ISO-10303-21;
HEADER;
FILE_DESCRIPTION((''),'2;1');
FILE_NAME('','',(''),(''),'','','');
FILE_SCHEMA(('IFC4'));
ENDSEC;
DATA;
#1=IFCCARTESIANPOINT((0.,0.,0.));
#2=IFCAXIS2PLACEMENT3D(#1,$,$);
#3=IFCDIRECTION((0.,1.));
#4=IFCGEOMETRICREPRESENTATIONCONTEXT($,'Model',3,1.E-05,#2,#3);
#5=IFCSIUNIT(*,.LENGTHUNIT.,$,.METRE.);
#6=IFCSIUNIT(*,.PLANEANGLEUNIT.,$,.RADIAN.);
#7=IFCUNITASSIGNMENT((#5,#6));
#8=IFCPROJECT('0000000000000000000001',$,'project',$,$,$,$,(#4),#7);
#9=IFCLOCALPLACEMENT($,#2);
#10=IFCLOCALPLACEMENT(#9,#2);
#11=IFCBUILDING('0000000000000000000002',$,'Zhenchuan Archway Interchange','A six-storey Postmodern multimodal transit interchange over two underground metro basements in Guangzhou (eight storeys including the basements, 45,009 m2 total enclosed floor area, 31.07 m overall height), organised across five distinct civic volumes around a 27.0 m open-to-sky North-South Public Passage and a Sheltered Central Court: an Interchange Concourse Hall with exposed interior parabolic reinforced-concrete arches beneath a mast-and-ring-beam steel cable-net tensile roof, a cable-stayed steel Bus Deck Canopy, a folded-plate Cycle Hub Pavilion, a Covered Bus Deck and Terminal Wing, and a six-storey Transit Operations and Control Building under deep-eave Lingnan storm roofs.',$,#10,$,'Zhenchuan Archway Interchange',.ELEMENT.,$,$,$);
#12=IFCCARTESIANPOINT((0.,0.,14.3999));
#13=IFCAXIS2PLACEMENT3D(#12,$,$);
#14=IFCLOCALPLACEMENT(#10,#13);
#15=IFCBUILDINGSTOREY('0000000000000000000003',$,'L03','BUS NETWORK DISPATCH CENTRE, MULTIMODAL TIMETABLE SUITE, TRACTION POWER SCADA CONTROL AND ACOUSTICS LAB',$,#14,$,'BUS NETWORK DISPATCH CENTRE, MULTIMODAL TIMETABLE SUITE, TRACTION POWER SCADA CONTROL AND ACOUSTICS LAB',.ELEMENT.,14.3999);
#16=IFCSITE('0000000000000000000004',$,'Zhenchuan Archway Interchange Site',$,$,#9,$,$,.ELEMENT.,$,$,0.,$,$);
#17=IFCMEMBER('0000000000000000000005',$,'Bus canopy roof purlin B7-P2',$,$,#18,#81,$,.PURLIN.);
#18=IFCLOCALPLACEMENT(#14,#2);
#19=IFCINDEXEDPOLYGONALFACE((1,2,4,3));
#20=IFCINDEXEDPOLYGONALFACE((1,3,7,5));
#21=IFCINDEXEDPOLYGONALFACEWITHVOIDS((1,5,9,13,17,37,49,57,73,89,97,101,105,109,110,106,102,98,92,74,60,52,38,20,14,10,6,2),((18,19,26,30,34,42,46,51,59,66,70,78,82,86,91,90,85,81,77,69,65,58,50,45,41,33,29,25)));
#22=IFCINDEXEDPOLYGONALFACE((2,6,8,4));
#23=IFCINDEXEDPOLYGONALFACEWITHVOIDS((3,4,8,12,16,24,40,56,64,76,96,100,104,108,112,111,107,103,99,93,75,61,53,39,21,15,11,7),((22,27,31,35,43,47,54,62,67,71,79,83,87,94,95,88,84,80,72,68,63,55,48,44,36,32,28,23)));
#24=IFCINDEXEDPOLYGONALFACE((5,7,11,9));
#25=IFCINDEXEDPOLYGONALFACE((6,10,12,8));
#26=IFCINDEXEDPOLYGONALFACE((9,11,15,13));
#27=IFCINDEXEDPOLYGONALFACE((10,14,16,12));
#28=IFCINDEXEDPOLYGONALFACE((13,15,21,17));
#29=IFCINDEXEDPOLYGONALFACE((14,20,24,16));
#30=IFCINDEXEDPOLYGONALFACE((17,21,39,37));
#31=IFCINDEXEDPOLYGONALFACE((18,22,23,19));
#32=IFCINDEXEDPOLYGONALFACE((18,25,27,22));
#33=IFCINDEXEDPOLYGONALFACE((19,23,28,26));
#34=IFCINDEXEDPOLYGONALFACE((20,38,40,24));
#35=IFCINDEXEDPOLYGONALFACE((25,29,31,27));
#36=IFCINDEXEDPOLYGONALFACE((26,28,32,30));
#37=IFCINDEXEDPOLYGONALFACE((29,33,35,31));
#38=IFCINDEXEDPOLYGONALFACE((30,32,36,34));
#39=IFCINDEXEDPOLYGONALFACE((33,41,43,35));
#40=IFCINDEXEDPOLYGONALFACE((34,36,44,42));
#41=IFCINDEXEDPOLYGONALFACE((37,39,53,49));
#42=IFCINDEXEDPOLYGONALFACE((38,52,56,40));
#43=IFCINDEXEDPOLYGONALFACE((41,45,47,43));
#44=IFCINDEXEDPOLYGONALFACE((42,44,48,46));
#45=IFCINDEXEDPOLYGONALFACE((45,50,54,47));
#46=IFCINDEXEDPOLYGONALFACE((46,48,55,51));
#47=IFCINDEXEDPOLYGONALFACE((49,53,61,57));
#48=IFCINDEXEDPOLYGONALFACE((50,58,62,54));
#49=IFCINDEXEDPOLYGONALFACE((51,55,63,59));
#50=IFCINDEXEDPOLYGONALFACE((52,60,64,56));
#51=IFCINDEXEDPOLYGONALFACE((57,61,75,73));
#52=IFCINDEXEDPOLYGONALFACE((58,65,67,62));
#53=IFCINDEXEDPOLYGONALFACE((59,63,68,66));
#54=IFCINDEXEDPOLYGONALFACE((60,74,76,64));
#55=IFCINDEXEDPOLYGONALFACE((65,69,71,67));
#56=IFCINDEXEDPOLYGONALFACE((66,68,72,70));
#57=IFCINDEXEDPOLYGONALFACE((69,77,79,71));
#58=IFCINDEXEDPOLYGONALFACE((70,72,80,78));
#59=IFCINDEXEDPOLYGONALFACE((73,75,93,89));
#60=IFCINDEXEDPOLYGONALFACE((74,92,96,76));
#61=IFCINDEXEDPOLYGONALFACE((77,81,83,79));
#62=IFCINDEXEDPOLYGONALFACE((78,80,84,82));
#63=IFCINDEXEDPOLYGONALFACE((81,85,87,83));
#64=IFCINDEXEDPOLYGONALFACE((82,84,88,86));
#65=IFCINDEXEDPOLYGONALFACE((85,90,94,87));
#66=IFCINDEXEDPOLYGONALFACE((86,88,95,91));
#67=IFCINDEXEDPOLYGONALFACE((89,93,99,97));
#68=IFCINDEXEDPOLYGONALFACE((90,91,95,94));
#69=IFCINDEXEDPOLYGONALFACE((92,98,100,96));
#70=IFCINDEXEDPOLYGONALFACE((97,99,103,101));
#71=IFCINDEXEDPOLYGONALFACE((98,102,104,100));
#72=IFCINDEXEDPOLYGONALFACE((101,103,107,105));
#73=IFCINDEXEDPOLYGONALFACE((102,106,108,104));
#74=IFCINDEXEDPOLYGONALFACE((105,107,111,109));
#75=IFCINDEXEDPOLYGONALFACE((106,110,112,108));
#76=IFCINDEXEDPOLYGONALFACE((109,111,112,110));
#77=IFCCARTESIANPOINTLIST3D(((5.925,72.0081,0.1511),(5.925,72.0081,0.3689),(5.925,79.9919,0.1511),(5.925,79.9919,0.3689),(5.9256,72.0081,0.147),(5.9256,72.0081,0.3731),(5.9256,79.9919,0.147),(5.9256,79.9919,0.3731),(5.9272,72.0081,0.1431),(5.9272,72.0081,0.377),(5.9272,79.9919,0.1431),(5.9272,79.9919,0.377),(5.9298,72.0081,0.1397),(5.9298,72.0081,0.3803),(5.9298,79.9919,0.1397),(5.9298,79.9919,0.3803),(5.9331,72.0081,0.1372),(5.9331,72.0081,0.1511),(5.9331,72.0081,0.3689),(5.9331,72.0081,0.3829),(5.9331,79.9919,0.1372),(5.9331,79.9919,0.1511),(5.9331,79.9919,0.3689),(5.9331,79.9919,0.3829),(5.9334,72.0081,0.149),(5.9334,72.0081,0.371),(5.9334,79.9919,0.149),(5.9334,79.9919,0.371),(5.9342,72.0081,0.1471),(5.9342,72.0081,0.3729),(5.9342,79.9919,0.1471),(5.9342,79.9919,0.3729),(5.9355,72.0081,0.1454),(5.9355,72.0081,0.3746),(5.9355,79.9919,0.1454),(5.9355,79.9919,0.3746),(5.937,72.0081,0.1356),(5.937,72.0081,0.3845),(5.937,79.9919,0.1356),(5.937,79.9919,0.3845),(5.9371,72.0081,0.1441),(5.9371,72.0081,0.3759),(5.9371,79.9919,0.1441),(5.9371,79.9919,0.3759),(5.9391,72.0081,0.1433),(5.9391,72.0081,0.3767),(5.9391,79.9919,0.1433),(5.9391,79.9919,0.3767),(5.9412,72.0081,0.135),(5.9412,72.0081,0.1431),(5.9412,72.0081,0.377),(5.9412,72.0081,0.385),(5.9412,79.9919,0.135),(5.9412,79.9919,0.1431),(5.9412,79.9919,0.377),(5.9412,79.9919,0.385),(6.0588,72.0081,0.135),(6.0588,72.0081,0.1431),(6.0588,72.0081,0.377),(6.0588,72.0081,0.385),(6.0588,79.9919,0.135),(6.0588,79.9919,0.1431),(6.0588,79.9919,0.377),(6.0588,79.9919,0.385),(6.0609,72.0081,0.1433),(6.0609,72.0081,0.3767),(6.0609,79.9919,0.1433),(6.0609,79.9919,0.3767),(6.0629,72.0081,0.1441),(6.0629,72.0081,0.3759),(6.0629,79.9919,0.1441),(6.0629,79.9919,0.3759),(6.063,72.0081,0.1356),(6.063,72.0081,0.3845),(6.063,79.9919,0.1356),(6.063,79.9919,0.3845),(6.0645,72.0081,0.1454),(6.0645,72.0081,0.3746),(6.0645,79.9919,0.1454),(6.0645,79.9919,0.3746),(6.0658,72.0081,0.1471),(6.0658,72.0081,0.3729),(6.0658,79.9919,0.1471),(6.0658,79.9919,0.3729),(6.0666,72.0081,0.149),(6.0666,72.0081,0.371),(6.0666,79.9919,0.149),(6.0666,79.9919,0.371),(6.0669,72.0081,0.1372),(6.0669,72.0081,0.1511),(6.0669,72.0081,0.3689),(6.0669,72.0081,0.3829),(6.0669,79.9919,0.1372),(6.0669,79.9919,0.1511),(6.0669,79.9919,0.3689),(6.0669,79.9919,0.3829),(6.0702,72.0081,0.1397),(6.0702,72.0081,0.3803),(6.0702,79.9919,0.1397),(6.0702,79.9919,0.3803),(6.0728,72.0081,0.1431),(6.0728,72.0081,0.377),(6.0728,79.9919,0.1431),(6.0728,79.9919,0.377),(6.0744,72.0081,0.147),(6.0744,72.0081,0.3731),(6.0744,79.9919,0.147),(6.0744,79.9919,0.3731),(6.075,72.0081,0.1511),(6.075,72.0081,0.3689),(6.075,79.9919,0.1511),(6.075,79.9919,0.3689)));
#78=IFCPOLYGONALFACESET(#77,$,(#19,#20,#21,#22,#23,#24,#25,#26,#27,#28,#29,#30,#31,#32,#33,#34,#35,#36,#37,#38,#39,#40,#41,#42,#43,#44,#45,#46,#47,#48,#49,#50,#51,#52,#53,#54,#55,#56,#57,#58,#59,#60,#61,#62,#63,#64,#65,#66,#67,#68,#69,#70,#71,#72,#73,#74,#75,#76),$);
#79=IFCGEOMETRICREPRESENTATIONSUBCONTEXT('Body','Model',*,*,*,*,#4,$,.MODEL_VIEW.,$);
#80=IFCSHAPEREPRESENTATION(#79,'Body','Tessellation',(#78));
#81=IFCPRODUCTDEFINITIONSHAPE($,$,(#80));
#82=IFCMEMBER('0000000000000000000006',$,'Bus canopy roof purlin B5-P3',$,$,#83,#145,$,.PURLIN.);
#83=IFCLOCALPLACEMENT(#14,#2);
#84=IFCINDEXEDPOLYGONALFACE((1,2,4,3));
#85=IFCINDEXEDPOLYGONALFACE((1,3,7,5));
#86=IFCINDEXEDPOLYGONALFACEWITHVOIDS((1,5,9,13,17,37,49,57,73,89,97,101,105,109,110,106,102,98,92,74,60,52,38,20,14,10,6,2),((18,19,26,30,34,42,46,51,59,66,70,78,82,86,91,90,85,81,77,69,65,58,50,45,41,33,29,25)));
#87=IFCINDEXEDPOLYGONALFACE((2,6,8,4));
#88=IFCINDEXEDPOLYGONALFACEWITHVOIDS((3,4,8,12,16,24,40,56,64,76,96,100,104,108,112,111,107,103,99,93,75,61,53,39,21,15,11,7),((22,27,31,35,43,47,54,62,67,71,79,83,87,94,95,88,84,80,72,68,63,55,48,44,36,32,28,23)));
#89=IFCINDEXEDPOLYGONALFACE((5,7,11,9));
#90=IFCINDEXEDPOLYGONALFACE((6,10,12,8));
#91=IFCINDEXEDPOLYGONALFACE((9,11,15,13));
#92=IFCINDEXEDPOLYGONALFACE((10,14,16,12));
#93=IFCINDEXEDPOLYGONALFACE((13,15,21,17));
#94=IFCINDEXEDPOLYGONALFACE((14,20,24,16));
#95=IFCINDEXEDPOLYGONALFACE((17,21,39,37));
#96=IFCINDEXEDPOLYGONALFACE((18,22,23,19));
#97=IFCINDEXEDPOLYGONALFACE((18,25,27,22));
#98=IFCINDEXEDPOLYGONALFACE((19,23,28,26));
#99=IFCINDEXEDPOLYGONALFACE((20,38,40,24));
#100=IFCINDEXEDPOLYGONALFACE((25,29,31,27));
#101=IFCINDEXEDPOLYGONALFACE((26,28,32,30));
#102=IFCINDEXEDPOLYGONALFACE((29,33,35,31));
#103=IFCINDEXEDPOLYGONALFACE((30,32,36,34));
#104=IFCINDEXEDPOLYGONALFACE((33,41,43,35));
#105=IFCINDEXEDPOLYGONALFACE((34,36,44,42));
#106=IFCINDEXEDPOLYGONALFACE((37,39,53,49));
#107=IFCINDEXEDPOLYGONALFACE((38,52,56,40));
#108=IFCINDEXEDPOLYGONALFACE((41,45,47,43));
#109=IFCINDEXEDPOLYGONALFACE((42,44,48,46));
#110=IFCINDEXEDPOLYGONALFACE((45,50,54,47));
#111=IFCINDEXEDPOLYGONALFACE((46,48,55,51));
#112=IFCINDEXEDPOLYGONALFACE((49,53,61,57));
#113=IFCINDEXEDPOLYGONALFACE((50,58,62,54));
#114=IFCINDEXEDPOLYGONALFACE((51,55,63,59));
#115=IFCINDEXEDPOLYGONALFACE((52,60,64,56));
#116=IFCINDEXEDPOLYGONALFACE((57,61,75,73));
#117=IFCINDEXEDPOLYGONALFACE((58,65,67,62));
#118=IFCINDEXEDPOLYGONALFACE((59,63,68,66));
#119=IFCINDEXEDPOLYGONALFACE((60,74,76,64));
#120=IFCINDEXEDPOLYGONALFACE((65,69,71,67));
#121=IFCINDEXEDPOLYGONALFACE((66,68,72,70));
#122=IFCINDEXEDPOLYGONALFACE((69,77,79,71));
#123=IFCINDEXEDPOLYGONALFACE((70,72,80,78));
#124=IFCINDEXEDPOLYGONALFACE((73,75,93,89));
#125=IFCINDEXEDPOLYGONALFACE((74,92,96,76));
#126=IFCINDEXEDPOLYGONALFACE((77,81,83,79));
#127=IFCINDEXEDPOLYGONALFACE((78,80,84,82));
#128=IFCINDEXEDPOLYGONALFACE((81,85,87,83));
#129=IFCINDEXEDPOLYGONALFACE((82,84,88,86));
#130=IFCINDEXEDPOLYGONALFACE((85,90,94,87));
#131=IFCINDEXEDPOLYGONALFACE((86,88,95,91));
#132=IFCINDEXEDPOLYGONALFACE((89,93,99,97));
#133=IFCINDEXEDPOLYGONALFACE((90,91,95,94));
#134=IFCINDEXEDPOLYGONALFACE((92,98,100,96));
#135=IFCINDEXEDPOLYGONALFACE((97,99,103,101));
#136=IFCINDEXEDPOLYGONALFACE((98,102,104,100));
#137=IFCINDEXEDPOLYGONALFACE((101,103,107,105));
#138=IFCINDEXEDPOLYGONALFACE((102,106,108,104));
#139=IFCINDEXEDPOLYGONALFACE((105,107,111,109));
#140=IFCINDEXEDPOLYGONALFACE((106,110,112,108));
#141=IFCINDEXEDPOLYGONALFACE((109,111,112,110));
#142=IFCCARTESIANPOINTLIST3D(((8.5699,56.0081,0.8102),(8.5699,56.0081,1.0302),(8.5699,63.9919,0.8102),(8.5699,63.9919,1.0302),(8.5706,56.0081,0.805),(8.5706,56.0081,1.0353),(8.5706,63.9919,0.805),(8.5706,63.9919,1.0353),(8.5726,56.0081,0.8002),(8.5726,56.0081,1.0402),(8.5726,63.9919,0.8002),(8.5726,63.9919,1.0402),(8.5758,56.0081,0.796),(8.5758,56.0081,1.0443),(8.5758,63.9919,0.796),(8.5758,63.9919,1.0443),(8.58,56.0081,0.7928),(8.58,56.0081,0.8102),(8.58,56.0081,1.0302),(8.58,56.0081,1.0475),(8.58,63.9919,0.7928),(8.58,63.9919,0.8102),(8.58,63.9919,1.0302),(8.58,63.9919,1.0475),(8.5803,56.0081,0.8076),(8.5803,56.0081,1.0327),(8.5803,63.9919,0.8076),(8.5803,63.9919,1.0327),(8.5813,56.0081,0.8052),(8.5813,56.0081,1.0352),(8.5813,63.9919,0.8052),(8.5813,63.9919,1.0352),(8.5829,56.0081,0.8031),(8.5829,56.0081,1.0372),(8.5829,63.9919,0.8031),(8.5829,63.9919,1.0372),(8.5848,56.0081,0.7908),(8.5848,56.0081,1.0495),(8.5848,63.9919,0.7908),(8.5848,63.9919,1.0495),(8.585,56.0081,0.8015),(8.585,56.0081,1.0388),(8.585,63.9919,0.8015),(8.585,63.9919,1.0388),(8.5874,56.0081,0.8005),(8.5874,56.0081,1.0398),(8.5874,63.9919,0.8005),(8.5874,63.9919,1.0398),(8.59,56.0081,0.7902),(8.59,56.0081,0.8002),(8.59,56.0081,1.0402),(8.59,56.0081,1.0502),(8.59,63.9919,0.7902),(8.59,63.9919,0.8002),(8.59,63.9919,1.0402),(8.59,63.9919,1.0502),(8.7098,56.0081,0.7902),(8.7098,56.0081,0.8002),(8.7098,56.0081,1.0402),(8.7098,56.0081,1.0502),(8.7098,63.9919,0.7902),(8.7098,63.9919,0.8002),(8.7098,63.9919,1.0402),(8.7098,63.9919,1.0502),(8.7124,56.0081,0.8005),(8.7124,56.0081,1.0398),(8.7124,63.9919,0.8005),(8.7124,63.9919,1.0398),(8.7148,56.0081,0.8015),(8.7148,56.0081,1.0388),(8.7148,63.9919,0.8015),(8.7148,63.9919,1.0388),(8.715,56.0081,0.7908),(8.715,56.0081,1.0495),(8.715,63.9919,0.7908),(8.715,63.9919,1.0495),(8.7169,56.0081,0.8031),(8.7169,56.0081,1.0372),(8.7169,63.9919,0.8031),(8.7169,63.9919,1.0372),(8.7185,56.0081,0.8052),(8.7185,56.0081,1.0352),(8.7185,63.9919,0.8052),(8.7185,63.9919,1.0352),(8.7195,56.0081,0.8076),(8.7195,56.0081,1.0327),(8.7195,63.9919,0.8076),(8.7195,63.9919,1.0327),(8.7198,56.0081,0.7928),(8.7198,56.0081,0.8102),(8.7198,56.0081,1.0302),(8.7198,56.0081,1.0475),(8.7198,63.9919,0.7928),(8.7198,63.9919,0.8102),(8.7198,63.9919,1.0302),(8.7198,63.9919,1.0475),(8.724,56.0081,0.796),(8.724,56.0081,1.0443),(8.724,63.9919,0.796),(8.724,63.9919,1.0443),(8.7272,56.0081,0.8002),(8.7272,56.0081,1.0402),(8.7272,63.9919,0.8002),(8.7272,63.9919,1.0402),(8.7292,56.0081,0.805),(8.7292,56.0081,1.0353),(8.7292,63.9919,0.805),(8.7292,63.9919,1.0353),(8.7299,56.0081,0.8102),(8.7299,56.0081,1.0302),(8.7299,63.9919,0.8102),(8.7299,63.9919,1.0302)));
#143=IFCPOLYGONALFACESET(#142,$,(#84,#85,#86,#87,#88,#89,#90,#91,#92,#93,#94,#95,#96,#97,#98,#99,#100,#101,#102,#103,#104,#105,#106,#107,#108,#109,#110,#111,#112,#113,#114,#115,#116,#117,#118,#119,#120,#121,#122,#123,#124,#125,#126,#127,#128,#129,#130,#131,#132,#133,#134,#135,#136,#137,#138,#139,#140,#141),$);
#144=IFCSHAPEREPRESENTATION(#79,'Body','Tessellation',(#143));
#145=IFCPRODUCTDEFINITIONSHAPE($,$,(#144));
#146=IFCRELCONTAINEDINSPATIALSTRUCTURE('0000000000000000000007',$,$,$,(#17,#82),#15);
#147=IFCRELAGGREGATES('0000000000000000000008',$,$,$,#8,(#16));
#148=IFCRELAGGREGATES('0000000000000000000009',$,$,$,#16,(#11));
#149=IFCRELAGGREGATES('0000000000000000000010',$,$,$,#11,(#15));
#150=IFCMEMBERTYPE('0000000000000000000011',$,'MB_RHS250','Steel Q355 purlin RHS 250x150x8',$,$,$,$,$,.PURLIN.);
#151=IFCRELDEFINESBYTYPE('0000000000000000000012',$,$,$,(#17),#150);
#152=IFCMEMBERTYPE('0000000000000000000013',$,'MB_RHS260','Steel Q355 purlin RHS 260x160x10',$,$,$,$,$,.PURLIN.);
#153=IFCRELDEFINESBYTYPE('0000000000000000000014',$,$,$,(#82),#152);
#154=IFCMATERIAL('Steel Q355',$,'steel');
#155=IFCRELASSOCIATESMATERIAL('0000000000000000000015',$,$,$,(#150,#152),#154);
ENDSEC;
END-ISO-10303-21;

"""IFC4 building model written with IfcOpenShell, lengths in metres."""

from ifc_helpers import new_model, si_unit, direction, frame, origin, origin_2d, place, context, subcontext, project, spatial, hollow_rectangle, extrude, material, material_profile, profile_set, type_object, element, save


model = new_model("IFC4")

# Units and contexts
model_context = context("Model", 3, precision=1e-05, world=origin(), true_north=direction((0.0, 1.0)))
body_context = subcontext(model_context, "Body", "Model", "MODEL_VIEW")
ifc_project = project(units=[si_unit("LENGTHUNIT", "METRE"), si_unit("PLANEANGLEUNIT", "RADIAN")], contexts=[model_context])

# Site, building, storey
site_placement = place(None, origin())
site = spatial("IfcSite", under=ifc_project, at=site_placement, Name="Zhenchuan Archway Interchange Site", CompositionType="ELEMENT", RefElevation=0.0)
building_placement = place(site_placement, origin())
building = spatial("IfcBuilding", under=site, at=building_placement, Name="Zhenchuan Archway Interchange", Description="A six-storey Postmodern multimodal transit interchange over two underground metro basements in Guangzhou (eight storeys including the basements, 45,009 m2 total enclosed floor area, 31.07 m overall height), organised across five distinct civic volumes around a 27.0 m open-to-sky North-South Public Passage and a Sheltered Central Court: an Interchange Concourse Hall with exposed interior parabolic reinforced-concrete arches beneath a mast-and-ring-beam steel cable-net tensile roof, a cable-stayed steel Bus Deck Canopy, a folded-plate Cycle Hub Pavilion, a Covered Bus Deck and Terminal Wing, and a six-storey Transit Operations and Control Building under deep-eave Lingnan storm roofs.", LongName="Zhenchuan Archway Interchange", CompositionType="ELEMENT")
storey_placement = place(building_placement, frame((0.0, 0.0, 14.3999)))
storey = spatial("IfcBuildingStorey", under=building, at=storey_placement, Name="L03", Description="BUS NETWORK DISPATCH CENTRE, MULTIMODAL TIMETABLE SUITE, TRACTION POWER SCADA CONTROL AND ACOUSTICS LAB", LongName="BUS NETWORK DISPATCH CENTRE, MULTIMODAL TIMETABLE SUITE, TRACTION POWER SCADA CONTROL AND ACOUSTICS LAB", CompositionType="ELEMENT", Elevation=14.3999)

# Shared definitions
ifc_material_1 = material(Name="Steel Q355", Category="steel")

# Members
ifc_material_profile_1 = material_profile(ifc_material_1, hollow_rectangle(XDim=0.1499, YDim=0.25, WallThickness=0.0081, InnerFilletRadius=0.0081, OuterFilletRadius=0.0161, at=origin_2d()), Name="RHS 250x150x8")
ifc_profile_set_1 = profile_set([ifc_material_profile_1], Name="Steel Q355")
member_type_1 = type_object("IfcMemberType", Name="MB_RHS250", Description="Steel Q355 purlin RHS 250x150x8", PredefinedType="PURLIN", material=ifc_profile_set_1)
for number, where, z_axis, x_axis, name in (
    (1, (6.0, 72.0081, 0.26), (0.0, 1.0, 0.0), (-1.0, 0.0, 0.0), "Bus canopy roof purlin B7-P2"),
):
    element("IfcMember", number, at=place(storey_placement, frame(where, z_axis=z_axis, x_axis=x_axis)), inside=storey, type_object=member_type_1, Name=name, PredefinedType="PURLIN", context=body_context, shape_type="SweptSolid", body=[
        extrude(hollow_rectangle(XDim=0.1499, YDim=0.25, WallThickness=0.0081, InnerFilletRadius=0.0081, OuterFilletRadius=0.0161, at=origin_2d()), origin(), (0.0, 0.0, 1.0), 7.9839),
    ])
ifc_material_profile_2 = material_profile(ifc_material_1, hollow_rectangle(XDim=0.1599, YDim=0.26, WallThickness=0.01, InnerFilletRadius=0.01, OuterFilletRadius=0.02, at=origin_2d()), Name="RHS 260x160x10")
ifc_profile_set_2 = profile_set([ifc_material_profile_2], Name="Steel Q355")
member_type_2 = type_object("IfcMemberType", Name="MB_RHS260", Description="Steel Q355 purlin RHS 260x160x10", PredefinedType="PURLIN", material=ifc_profile_set_2)
for number, where, z_axis, x_axis, name in (
    (2, (8.6499, 56.0081, 0.9202), (0.0, 1.0, 0.0), (-1.0, 0.0, 0.0), "Bus canopy roof purlin B5-P3"),
):
    element("IfcMember", number, at=place(storey_placement, frame(where, z_axis=z_axis, x_axis=x_axis)), inside=storey, type_object=member_type_2, Name=name, PredefinedType="PURLIN", context=body_context, shape_type="SweptSolid", body=[
        extrude(hollow_rectangle(XDim=0.1599, YDim=0.26, WallThickness=0.01, InnerFilletRadius=0.01, OuterFilletRadius=0.02, at=origin_2d()), origin(), (0.0, 0.0, 1.0), 7.9839),
    ])

save(model, "model.ifc")
